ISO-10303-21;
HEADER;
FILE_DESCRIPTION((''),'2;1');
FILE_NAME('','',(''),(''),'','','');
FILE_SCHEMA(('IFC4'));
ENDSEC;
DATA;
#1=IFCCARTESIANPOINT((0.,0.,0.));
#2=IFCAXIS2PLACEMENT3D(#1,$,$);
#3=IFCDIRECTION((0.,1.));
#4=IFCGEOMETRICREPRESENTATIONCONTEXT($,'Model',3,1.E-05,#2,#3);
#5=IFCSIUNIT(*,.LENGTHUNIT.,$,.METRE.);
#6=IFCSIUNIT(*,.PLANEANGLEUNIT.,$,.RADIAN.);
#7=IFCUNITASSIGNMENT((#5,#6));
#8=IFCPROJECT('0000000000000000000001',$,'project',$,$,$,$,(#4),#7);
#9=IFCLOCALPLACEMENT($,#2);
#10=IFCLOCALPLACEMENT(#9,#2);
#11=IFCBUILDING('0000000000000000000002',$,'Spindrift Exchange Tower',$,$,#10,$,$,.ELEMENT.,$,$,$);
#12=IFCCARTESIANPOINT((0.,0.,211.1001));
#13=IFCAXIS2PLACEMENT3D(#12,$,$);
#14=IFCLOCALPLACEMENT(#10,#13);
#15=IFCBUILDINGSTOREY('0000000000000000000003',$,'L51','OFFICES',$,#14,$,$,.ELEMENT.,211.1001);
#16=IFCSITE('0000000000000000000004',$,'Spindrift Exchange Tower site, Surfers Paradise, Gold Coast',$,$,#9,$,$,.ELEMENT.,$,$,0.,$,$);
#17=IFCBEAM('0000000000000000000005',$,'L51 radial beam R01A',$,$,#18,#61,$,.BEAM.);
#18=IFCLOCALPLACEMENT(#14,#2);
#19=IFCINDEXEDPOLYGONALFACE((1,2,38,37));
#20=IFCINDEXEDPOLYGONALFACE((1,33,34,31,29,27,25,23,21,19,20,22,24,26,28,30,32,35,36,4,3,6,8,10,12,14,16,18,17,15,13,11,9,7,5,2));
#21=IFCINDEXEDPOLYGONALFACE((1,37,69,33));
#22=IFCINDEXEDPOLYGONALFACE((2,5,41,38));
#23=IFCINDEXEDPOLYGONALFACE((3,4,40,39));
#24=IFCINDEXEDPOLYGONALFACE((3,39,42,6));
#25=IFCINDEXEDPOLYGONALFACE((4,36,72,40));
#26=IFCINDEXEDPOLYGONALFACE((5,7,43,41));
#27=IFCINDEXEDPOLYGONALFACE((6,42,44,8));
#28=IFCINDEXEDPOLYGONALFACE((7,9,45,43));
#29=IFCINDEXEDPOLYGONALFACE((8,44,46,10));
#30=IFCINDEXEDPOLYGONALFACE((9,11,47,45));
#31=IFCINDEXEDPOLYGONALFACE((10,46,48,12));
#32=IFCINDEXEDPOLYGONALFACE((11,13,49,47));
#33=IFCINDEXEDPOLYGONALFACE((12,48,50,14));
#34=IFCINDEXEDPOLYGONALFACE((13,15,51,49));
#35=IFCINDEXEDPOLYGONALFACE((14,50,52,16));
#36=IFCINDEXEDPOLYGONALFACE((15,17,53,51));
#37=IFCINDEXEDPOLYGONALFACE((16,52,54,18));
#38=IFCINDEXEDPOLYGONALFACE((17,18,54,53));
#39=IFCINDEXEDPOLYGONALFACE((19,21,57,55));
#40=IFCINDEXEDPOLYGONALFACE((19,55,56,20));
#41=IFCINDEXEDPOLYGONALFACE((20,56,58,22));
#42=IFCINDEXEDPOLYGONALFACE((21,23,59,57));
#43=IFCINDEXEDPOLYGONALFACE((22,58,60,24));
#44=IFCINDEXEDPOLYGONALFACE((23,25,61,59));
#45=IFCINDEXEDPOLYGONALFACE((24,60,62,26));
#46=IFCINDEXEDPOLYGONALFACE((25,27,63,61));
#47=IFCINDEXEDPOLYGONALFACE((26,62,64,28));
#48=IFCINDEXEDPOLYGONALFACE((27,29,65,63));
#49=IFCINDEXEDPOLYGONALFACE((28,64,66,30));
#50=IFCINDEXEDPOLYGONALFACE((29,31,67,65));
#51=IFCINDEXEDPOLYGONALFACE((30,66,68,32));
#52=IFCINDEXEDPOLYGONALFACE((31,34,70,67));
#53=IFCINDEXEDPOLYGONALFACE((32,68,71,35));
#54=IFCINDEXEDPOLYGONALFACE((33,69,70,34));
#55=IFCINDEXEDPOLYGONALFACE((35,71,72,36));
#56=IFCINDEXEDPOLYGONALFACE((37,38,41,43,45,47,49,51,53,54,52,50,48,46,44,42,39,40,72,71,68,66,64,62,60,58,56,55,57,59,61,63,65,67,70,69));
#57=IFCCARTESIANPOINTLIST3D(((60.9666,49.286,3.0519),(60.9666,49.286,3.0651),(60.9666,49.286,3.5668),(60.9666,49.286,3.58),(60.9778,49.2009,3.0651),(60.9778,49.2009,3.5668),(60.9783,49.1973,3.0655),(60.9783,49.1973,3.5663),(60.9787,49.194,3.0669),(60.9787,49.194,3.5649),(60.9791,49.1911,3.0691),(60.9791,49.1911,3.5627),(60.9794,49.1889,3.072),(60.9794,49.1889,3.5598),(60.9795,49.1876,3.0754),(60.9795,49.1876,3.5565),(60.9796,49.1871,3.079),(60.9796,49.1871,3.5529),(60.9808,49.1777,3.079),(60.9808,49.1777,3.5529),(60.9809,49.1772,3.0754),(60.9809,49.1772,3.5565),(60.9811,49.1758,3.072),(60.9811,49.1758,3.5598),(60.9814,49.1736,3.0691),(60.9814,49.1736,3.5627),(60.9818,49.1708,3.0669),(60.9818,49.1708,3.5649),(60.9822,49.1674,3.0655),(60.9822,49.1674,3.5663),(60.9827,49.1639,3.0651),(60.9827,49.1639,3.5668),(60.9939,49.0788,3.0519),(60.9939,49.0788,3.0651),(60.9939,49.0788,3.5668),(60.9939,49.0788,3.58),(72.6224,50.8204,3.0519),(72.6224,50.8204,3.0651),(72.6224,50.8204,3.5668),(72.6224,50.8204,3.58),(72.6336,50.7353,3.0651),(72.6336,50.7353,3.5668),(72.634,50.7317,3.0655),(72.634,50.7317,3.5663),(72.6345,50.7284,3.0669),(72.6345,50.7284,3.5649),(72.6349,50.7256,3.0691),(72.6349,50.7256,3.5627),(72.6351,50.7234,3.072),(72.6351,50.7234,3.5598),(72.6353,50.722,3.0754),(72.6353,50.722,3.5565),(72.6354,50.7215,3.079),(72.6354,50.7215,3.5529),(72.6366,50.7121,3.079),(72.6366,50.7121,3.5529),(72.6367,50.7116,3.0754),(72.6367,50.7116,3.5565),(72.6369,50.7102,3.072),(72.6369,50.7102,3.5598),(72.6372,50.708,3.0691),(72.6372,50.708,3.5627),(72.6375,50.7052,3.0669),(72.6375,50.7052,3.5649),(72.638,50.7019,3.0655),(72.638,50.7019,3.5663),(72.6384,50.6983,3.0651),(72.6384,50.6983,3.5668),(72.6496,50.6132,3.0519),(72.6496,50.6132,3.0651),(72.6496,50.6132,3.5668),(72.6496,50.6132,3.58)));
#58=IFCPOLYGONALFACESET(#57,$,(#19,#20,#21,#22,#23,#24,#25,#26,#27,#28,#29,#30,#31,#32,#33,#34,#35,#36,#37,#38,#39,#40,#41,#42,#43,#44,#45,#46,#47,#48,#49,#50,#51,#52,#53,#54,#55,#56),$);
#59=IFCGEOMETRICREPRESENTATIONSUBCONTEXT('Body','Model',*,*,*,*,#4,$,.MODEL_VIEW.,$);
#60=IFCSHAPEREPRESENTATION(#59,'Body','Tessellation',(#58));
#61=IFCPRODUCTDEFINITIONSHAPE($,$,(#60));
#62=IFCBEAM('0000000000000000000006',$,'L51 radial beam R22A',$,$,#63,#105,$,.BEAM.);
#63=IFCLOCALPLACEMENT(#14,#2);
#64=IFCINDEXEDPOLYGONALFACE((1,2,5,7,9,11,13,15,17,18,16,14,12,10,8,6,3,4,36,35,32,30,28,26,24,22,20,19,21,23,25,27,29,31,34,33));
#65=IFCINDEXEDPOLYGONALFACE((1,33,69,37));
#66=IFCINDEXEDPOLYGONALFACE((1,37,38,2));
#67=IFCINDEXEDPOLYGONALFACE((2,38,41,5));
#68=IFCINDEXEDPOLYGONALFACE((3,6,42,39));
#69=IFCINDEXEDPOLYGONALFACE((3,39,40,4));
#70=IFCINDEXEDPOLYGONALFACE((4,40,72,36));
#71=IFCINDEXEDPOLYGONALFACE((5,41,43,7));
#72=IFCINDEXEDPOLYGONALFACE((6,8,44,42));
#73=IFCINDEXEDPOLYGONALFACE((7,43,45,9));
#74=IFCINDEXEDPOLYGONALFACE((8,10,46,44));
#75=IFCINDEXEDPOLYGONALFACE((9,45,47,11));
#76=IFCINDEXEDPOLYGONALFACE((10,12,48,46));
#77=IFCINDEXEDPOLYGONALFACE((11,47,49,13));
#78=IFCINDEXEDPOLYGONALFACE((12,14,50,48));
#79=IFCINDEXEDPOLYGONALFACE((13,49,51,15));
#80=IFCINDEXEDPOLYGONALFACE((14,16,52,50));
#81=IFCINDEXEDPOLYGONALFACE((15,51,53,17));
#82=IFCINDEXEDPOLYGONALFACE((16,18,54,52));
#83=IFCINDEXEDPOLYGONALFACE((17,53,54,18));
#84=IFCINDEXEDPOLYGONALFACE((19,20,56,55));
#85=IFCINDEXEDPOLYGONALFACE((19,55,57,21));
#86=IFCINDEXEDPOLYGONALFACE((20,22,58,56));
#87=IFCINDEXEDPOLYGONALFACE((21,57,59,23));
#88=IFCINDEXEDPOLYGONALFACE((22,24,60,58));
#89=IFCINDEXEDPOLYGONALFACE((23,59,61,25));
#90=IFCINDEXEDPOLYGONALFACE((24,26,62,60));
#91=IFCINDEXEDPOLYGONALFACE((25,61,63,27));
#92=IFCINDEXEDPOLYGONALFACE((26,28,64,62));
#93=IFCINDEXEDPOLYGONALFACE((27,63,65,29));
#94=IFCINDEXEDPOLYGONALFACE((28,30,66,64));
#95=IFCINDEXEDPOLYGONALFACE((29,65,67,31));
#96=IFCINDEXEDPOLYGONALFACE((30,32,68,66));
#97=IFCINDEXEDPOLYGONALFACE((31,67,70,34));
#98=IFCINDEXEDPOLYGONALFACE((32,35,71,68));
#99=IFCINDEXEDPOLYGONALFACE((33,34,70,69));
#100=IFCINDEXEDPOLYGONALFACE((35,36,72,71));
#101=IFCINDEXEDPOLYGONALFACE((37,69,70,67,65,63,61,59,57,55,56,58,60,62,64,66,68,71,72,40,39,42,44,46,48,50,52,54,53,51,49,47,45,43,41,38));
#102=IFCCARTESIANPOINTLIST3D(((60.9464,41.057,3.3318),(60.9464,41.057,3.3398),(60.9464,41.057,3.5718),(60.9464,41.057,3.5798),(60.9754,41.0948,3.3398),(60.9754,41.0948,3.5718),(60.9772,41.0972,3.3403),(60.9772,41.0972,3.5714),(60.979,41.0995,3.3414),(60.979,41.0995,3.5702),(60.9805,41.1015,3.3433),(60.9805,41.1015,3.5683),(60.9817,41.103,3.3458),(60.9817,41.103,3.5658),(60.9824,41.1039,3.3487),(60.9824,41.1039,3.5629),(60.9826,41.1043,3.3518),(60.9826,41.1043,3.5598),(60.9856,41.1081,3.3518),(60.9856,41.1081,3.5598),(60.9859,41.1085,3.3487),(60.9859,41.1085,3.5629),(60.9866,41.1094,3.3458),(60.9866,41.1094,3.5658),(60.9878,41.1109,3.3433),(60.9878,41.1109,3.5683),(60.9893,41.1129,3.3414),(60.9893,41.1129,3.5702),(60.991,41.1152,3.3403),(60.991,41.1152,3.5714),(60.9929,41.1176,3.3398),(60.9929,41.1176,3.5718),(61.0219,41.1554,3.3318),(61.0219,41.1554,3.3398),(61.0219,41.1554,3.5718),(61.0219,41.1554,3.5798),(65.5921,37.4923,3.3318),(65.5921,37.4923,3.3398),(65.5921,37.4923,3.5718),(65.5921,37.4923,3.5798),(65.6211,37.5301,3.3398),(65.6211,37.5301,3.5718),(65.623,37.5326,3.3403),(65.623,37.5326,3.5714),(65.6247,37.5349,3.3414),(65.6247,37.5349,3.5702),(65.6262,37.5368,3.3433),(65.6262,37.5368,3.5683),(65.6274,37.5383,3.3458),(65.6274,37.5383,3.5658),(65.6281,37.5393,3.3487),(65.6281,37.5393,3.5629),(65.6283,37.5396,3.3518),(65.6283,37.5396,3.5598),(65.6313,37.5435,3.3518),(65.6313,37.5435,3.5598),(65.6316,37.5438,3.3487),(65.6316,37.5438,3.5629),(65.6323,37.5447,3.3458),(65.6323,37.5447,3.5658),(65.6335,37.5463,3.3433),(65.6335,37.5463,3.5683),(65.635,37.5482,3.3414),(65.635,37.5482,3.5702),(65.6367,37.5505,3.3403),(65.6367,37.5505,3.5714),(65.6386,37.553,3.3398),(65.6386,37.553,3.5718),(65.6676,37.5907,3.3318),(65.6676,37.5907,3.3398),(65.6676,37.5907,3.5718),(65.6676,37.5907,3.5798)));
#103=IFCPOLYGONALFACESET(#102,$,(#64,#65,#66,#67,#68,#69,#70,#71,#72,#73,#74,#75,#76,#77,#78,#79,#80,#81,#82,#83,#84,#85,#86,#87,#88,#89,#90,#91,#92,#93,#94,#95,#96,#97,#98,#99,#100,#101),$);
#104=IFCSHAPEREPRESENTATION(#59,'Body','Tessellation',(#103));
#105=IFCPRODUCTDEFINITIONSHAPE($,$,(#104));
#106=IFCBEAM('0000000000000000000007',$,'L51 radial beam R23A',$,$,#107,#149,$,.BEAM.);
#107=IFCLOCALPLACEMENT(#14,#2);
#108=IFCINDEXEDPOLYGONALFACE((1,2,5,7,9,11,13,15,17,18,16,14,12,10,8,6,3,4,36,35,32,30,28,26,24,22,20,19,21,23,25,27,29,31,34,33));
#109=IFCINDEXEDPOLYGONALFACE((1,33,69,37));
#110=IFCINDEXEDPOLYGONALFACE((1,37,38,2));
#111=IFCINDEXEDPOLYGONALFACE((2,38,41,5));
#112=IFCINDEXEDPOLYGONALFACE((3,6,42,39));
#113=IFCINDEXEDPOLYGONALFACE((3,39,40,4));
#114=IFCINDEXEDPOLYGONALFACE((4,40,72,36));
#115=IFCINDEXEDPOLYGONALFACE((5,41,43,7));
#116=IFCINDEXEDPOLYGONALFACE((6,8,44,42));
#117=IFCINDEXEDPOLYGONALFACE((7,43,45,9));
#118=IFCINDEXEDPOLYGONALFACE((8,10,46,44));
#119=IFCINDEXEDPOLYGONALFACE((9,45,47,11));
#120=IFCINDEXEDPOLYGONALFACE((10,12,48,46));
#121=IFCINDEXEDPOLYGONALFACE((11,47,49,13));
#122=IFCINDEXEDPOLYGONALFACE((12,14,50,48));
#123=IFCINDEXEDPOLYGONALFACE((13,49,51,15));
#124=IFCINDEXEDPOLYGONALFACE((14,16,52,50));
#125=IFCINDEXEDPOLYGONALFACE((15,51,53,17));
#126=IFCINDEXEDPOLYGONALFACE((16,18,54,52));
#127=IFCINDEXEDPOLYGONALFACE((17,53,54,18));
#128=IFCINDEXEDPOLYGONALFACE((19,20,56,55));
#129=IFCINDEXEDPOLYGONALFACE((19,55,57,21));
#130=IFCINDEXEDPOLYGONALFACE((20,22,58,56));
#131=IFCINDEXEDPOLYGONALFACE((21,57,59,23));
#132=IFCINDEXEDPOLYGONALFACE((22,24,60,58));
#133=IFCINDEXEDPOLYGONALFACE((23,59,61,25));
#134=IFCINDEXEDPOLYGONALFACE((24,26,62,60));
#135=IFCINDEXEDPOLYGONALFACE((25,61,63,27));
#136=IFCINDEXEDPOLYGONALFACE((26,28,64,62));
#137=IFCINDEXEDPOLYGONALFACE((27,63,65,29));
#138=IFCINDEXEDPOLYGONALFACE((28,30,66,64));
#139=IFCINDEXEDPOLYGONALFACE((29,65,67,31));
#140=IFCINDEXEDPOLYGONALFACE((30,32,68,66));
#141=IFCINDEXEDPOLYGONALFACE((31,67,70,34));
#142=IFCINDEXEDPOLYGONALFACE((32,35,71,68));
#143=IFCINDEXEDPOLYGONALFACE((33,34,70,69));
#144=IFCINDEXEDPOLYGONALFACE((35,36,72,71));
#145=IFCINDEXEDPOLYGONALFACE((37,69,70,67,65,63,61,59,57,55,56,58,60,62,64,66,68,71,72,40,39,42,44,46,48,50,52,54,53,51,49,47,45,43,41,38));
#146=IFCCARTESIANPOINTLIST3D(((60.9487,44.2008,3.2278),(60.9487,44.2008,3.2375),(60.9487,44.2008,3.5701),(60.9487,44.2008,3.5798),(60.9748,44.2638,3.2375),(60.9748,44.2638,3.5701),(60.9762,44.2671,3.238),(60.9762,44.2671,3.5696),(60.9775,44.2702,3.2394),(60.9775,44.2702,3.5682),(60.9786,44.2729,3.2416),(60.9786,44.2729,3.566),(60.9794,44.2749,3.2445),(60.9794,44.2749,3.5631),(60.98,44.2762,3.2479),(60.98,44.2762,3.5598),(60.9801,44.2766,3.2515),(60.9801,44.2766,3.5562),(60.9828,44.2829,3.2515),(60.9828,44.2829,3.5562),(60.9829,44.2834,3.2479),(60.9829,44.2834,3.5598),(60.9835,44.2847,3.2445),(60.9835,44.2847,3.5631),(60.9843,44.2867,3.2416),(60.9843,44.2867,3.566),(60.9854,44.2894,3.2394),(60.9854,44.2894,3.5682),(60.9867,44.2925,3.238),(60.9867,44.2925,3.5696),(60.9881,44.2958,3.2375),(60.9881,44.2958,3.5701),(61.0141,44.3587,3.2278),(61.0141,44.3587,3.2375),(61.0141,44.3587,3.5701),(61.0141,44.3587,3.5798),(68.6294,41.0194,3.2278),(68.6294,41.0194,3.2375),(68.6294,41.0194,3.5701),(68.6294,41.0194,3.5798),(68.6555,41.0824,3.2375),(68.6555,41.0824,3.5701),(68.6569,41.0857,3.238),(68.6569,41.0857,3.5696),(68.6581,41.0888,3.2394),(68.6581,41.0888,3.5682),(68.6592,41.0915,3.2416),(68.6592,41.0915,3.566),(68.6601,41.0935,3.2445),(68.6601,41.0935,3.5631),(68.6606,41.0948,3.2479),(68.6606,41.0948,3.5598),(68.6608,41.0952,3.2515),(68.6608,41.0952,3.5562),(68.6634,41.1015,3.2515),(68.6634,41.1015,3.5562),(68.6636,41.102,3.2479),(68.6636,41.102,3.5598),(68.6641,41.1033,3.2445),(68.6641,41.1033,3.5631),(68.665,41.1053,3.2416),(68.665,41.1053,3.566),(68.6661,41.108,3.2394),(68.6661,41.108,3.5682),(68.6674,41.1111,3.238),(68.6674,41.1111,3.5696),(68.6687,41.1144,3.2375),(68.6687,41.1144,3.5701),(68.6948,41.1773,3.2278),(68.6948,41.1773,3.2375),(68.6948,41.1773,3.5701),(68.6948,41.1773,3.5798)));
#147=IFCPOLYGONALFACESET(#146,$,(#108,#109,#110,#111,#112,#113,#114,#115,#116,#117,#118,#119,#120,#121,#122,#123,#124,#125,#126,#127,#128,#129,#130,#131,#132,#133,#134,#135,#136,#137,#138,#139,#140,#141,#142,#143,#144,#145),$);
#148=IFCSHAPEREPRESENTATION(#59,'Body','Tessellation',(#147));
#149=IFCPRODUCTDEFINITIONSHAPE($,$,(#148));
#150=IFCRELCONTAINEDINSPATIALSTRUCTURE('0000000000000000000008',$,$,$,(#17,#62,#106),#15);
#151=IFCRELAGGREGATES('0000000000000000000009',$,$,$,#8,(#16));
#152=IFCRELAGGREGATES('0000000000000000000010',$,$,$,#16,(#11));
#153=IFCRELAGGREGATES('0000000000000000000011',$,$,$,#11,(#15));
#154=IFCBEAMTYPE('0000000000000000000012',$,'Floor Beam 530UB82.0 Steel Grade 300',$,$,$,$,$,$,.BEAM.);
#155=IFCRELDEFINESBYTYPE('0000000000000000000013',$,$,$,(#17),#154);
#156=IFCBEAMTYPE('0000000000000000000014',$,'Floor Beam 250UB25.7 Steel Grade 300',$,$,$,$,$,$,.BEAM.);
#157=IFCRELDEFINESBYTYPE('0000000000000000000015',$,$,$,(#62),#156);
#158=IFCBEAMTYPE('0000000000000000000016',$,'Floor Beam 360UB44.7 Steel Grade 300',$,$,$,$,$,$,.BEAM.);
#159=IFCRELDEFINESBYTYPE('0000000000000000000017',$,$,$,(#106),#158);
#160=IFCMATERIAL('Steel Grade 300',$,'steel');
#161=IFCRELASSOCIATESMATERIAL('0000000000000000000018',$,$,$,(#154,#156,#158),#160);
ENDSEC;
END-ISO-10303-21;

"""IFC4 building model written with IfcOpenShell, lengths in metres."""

from ifc_helpers import new_model, si_unit, direction, frame, origin, origin_2d, place, context, subcontext, project, spatial, i_section, extrude, source, transform, mapped, material, material_profile, profile_set, type_object, element, save


model = new_model("IFC4")

# Units and contexts
model_context = context("Model", 3, precision=1e-05, world=origin(), true_north=direction((0.0, 1.0)))
body_context = subcontext(model_context, "Body", "Model", "MODEL_VIEW")
ifc_project = project(units=[si_unit("LENGTHUNIT", "METRE"), si_unit("PLANEANGLEUNIT", "RADIAN")], contexts=[model_context])

# Site, building, storey
site_placement = place(None, origin())
site = spatial("IfcSite", under=ifc_project, at=site_placement, Name="Spindrift Exchange Tower site, Surfers Paradise, Gold Coast", CompositionType="ELEMENT", RefElevation=0.0)
building_placement = place(site_placement, origin())
building = spatial("IfcBuilding", under=site, at=building_placement, Name="Spindrift Exchange Tower", CompositionType="ELEMENT")
storey_placement = place(building_placement, frame((0.0, 0.0, 211.1001)))
storey = spatial("IfcBuildingStorey", under=building, at=storey_placement, Name="L51", Description="OFFICES", CompositionType="ELEMENT", Elevation=211.1001)

# Beams
ifc_material_1 = material(Name="Steel Grade 300", Category="steel")
ifc_material_profile_1 = material_profile(ifc_material_1, i_section(OverallWidth=0.209, OverallDepth=0.5281, WebThickness=0.0095, FlangeThickness=0.0132, FilletRadius=0.0139, at=origin_2d()), Name="530UB82.0")
ifc_profile_set_1 = profile_set([ifc_material_profile_1], Name="Steel Grade 300")
beam_type_1 = type_object("IfcBeamType", Name="Floor Beam 530UB82.0 Steel Grade 300", PredefinedType="BEAM", material=ifc_profile_set_1)
shared_shape_1 = source(origin(), body_context, "Body", "SweptSolid", [
    extrude(i_section(OverallWidth=0.209, OverallDepth=0.5281, WebThickness=0.0095, FlangeThickness=0.0132, FilletRadius=0.0139, at=origin_2d()), origin(), (0.0, 0.0, 1.0), 11.7563),
])
beam_1_placement = place(storey_placement, frame((60.9802, 49.1824, 3.3159), z_axis=(0.991446, 0.130519, 0.0), x_axis=(-0.130519, 0.991446, 0.0)))
element("IfcBeam", 1, at=beam_1_placement, inside=storey, type_object=beam_type_1, Name="L51 radial beam R01A", PredefinedType="BEAM", context=body_context, shape_type="MappedRepresentation", body=[
    mapped(shared_shape_1, transform((0.0, 0.0, 0.0), scale=1.0)),
])
ifc_material_profile_2 = material_profile(ifc_material_1, i_section(OverallWidth=0.124, OverallDepth=0.248, WebThickness=0.0049, FlangeThickness=0.0081, FilletRadius=0.012, at=origin_2d()), Name="250UB25.7")
ifc_profile_set_2 = profile_set([ifc_material_profile_2], Name="Steel Grade 300")
beam_type_2 = type_object("IfcBeamType", Name="Floor Beam 250UB25.7 Steel Grade 300", PredefinedType="BEAM", material=ifc_profile_set_2)
shared_shape_2 = source(origin(), body_context, "Body", "SweptSolid", [
    extrude(i_section(OverallWidth=0.124, OverallDepth=0.248, WebThickness=0.0049, FlangeThickness=0.0081, FilletRadius=0.012, at=origin_2d()), origin(), (0.0, 0.0, 1.0), 5.8557),
])
beam_2_placement = place(storey_placement, frame((60.9841, 41.1062, 3.4558), z_axis=(0.793363, -0.608749, 0.0), x_axis=(0.608749, 0.793363, 0.0)))
element("IfcBeam", 2, at=beam_2_placement, inside=storey, type_object=beam_type_2, Name="L51 radial beam R22A", PredefinedType="BEAM", context=body_context, shape_type="MappedRepresentation", body=[
    mapped(shared_shape_2, transform((0.0, 0.0, 0.0), scale=1.0)),
])
ifc_material_profile_3 = material_profile(ifc_material_1, i_section(OverallWidth=0.1709, OverallDepth=0.3521, WebThickness=0.0068, FlangeThickness=0.0098, FilletRadius=0.0139, at=origin_2d()), Name="360UB44.7")
ifc_profile_set_3 = profile_set([ifc_material_profile_3], Name="Steel Grade 300")
beam_type_3 = type_object("IfcBeamType", Name="Floor Beam 360UB44.7 Steel Grade 300", PredefinedType="BEAM", material=ifc_profile_set_3)
shared_shape_3 = source(origin(), body_context, "Body", "SweptSolid", [
    extrude(i_section(OverallWidth=0.1709, OverallDepth=0.3521, WebThickness=0.0068, FlangeThickness=0.0098, FilletRadius=0.0139, at=origin_2d()), origin(), (0.0, 0.0, 1.0), 8.3135),
])
beam_3_placement = place(storey_placement, frame((60.9814, 44.2798, 3.4038), z_axis=(0.923881, -0.382679, 0.0), x_axis=(0.382679, 0.923881, 0.0)))
element("IfcBeam", 3, at=beam_3_placement, inside=storey, type_object=beam_type_3, Name="L51 radial beam R23A", PredefinedType="BEAM", context=body_context, shape_type="MappedRepresentation", body=[
    mapped(shared_shape_3, transform((0.0, 0.0, 0.0), scale=1.0)),
])

save(model, "model.ifc")
